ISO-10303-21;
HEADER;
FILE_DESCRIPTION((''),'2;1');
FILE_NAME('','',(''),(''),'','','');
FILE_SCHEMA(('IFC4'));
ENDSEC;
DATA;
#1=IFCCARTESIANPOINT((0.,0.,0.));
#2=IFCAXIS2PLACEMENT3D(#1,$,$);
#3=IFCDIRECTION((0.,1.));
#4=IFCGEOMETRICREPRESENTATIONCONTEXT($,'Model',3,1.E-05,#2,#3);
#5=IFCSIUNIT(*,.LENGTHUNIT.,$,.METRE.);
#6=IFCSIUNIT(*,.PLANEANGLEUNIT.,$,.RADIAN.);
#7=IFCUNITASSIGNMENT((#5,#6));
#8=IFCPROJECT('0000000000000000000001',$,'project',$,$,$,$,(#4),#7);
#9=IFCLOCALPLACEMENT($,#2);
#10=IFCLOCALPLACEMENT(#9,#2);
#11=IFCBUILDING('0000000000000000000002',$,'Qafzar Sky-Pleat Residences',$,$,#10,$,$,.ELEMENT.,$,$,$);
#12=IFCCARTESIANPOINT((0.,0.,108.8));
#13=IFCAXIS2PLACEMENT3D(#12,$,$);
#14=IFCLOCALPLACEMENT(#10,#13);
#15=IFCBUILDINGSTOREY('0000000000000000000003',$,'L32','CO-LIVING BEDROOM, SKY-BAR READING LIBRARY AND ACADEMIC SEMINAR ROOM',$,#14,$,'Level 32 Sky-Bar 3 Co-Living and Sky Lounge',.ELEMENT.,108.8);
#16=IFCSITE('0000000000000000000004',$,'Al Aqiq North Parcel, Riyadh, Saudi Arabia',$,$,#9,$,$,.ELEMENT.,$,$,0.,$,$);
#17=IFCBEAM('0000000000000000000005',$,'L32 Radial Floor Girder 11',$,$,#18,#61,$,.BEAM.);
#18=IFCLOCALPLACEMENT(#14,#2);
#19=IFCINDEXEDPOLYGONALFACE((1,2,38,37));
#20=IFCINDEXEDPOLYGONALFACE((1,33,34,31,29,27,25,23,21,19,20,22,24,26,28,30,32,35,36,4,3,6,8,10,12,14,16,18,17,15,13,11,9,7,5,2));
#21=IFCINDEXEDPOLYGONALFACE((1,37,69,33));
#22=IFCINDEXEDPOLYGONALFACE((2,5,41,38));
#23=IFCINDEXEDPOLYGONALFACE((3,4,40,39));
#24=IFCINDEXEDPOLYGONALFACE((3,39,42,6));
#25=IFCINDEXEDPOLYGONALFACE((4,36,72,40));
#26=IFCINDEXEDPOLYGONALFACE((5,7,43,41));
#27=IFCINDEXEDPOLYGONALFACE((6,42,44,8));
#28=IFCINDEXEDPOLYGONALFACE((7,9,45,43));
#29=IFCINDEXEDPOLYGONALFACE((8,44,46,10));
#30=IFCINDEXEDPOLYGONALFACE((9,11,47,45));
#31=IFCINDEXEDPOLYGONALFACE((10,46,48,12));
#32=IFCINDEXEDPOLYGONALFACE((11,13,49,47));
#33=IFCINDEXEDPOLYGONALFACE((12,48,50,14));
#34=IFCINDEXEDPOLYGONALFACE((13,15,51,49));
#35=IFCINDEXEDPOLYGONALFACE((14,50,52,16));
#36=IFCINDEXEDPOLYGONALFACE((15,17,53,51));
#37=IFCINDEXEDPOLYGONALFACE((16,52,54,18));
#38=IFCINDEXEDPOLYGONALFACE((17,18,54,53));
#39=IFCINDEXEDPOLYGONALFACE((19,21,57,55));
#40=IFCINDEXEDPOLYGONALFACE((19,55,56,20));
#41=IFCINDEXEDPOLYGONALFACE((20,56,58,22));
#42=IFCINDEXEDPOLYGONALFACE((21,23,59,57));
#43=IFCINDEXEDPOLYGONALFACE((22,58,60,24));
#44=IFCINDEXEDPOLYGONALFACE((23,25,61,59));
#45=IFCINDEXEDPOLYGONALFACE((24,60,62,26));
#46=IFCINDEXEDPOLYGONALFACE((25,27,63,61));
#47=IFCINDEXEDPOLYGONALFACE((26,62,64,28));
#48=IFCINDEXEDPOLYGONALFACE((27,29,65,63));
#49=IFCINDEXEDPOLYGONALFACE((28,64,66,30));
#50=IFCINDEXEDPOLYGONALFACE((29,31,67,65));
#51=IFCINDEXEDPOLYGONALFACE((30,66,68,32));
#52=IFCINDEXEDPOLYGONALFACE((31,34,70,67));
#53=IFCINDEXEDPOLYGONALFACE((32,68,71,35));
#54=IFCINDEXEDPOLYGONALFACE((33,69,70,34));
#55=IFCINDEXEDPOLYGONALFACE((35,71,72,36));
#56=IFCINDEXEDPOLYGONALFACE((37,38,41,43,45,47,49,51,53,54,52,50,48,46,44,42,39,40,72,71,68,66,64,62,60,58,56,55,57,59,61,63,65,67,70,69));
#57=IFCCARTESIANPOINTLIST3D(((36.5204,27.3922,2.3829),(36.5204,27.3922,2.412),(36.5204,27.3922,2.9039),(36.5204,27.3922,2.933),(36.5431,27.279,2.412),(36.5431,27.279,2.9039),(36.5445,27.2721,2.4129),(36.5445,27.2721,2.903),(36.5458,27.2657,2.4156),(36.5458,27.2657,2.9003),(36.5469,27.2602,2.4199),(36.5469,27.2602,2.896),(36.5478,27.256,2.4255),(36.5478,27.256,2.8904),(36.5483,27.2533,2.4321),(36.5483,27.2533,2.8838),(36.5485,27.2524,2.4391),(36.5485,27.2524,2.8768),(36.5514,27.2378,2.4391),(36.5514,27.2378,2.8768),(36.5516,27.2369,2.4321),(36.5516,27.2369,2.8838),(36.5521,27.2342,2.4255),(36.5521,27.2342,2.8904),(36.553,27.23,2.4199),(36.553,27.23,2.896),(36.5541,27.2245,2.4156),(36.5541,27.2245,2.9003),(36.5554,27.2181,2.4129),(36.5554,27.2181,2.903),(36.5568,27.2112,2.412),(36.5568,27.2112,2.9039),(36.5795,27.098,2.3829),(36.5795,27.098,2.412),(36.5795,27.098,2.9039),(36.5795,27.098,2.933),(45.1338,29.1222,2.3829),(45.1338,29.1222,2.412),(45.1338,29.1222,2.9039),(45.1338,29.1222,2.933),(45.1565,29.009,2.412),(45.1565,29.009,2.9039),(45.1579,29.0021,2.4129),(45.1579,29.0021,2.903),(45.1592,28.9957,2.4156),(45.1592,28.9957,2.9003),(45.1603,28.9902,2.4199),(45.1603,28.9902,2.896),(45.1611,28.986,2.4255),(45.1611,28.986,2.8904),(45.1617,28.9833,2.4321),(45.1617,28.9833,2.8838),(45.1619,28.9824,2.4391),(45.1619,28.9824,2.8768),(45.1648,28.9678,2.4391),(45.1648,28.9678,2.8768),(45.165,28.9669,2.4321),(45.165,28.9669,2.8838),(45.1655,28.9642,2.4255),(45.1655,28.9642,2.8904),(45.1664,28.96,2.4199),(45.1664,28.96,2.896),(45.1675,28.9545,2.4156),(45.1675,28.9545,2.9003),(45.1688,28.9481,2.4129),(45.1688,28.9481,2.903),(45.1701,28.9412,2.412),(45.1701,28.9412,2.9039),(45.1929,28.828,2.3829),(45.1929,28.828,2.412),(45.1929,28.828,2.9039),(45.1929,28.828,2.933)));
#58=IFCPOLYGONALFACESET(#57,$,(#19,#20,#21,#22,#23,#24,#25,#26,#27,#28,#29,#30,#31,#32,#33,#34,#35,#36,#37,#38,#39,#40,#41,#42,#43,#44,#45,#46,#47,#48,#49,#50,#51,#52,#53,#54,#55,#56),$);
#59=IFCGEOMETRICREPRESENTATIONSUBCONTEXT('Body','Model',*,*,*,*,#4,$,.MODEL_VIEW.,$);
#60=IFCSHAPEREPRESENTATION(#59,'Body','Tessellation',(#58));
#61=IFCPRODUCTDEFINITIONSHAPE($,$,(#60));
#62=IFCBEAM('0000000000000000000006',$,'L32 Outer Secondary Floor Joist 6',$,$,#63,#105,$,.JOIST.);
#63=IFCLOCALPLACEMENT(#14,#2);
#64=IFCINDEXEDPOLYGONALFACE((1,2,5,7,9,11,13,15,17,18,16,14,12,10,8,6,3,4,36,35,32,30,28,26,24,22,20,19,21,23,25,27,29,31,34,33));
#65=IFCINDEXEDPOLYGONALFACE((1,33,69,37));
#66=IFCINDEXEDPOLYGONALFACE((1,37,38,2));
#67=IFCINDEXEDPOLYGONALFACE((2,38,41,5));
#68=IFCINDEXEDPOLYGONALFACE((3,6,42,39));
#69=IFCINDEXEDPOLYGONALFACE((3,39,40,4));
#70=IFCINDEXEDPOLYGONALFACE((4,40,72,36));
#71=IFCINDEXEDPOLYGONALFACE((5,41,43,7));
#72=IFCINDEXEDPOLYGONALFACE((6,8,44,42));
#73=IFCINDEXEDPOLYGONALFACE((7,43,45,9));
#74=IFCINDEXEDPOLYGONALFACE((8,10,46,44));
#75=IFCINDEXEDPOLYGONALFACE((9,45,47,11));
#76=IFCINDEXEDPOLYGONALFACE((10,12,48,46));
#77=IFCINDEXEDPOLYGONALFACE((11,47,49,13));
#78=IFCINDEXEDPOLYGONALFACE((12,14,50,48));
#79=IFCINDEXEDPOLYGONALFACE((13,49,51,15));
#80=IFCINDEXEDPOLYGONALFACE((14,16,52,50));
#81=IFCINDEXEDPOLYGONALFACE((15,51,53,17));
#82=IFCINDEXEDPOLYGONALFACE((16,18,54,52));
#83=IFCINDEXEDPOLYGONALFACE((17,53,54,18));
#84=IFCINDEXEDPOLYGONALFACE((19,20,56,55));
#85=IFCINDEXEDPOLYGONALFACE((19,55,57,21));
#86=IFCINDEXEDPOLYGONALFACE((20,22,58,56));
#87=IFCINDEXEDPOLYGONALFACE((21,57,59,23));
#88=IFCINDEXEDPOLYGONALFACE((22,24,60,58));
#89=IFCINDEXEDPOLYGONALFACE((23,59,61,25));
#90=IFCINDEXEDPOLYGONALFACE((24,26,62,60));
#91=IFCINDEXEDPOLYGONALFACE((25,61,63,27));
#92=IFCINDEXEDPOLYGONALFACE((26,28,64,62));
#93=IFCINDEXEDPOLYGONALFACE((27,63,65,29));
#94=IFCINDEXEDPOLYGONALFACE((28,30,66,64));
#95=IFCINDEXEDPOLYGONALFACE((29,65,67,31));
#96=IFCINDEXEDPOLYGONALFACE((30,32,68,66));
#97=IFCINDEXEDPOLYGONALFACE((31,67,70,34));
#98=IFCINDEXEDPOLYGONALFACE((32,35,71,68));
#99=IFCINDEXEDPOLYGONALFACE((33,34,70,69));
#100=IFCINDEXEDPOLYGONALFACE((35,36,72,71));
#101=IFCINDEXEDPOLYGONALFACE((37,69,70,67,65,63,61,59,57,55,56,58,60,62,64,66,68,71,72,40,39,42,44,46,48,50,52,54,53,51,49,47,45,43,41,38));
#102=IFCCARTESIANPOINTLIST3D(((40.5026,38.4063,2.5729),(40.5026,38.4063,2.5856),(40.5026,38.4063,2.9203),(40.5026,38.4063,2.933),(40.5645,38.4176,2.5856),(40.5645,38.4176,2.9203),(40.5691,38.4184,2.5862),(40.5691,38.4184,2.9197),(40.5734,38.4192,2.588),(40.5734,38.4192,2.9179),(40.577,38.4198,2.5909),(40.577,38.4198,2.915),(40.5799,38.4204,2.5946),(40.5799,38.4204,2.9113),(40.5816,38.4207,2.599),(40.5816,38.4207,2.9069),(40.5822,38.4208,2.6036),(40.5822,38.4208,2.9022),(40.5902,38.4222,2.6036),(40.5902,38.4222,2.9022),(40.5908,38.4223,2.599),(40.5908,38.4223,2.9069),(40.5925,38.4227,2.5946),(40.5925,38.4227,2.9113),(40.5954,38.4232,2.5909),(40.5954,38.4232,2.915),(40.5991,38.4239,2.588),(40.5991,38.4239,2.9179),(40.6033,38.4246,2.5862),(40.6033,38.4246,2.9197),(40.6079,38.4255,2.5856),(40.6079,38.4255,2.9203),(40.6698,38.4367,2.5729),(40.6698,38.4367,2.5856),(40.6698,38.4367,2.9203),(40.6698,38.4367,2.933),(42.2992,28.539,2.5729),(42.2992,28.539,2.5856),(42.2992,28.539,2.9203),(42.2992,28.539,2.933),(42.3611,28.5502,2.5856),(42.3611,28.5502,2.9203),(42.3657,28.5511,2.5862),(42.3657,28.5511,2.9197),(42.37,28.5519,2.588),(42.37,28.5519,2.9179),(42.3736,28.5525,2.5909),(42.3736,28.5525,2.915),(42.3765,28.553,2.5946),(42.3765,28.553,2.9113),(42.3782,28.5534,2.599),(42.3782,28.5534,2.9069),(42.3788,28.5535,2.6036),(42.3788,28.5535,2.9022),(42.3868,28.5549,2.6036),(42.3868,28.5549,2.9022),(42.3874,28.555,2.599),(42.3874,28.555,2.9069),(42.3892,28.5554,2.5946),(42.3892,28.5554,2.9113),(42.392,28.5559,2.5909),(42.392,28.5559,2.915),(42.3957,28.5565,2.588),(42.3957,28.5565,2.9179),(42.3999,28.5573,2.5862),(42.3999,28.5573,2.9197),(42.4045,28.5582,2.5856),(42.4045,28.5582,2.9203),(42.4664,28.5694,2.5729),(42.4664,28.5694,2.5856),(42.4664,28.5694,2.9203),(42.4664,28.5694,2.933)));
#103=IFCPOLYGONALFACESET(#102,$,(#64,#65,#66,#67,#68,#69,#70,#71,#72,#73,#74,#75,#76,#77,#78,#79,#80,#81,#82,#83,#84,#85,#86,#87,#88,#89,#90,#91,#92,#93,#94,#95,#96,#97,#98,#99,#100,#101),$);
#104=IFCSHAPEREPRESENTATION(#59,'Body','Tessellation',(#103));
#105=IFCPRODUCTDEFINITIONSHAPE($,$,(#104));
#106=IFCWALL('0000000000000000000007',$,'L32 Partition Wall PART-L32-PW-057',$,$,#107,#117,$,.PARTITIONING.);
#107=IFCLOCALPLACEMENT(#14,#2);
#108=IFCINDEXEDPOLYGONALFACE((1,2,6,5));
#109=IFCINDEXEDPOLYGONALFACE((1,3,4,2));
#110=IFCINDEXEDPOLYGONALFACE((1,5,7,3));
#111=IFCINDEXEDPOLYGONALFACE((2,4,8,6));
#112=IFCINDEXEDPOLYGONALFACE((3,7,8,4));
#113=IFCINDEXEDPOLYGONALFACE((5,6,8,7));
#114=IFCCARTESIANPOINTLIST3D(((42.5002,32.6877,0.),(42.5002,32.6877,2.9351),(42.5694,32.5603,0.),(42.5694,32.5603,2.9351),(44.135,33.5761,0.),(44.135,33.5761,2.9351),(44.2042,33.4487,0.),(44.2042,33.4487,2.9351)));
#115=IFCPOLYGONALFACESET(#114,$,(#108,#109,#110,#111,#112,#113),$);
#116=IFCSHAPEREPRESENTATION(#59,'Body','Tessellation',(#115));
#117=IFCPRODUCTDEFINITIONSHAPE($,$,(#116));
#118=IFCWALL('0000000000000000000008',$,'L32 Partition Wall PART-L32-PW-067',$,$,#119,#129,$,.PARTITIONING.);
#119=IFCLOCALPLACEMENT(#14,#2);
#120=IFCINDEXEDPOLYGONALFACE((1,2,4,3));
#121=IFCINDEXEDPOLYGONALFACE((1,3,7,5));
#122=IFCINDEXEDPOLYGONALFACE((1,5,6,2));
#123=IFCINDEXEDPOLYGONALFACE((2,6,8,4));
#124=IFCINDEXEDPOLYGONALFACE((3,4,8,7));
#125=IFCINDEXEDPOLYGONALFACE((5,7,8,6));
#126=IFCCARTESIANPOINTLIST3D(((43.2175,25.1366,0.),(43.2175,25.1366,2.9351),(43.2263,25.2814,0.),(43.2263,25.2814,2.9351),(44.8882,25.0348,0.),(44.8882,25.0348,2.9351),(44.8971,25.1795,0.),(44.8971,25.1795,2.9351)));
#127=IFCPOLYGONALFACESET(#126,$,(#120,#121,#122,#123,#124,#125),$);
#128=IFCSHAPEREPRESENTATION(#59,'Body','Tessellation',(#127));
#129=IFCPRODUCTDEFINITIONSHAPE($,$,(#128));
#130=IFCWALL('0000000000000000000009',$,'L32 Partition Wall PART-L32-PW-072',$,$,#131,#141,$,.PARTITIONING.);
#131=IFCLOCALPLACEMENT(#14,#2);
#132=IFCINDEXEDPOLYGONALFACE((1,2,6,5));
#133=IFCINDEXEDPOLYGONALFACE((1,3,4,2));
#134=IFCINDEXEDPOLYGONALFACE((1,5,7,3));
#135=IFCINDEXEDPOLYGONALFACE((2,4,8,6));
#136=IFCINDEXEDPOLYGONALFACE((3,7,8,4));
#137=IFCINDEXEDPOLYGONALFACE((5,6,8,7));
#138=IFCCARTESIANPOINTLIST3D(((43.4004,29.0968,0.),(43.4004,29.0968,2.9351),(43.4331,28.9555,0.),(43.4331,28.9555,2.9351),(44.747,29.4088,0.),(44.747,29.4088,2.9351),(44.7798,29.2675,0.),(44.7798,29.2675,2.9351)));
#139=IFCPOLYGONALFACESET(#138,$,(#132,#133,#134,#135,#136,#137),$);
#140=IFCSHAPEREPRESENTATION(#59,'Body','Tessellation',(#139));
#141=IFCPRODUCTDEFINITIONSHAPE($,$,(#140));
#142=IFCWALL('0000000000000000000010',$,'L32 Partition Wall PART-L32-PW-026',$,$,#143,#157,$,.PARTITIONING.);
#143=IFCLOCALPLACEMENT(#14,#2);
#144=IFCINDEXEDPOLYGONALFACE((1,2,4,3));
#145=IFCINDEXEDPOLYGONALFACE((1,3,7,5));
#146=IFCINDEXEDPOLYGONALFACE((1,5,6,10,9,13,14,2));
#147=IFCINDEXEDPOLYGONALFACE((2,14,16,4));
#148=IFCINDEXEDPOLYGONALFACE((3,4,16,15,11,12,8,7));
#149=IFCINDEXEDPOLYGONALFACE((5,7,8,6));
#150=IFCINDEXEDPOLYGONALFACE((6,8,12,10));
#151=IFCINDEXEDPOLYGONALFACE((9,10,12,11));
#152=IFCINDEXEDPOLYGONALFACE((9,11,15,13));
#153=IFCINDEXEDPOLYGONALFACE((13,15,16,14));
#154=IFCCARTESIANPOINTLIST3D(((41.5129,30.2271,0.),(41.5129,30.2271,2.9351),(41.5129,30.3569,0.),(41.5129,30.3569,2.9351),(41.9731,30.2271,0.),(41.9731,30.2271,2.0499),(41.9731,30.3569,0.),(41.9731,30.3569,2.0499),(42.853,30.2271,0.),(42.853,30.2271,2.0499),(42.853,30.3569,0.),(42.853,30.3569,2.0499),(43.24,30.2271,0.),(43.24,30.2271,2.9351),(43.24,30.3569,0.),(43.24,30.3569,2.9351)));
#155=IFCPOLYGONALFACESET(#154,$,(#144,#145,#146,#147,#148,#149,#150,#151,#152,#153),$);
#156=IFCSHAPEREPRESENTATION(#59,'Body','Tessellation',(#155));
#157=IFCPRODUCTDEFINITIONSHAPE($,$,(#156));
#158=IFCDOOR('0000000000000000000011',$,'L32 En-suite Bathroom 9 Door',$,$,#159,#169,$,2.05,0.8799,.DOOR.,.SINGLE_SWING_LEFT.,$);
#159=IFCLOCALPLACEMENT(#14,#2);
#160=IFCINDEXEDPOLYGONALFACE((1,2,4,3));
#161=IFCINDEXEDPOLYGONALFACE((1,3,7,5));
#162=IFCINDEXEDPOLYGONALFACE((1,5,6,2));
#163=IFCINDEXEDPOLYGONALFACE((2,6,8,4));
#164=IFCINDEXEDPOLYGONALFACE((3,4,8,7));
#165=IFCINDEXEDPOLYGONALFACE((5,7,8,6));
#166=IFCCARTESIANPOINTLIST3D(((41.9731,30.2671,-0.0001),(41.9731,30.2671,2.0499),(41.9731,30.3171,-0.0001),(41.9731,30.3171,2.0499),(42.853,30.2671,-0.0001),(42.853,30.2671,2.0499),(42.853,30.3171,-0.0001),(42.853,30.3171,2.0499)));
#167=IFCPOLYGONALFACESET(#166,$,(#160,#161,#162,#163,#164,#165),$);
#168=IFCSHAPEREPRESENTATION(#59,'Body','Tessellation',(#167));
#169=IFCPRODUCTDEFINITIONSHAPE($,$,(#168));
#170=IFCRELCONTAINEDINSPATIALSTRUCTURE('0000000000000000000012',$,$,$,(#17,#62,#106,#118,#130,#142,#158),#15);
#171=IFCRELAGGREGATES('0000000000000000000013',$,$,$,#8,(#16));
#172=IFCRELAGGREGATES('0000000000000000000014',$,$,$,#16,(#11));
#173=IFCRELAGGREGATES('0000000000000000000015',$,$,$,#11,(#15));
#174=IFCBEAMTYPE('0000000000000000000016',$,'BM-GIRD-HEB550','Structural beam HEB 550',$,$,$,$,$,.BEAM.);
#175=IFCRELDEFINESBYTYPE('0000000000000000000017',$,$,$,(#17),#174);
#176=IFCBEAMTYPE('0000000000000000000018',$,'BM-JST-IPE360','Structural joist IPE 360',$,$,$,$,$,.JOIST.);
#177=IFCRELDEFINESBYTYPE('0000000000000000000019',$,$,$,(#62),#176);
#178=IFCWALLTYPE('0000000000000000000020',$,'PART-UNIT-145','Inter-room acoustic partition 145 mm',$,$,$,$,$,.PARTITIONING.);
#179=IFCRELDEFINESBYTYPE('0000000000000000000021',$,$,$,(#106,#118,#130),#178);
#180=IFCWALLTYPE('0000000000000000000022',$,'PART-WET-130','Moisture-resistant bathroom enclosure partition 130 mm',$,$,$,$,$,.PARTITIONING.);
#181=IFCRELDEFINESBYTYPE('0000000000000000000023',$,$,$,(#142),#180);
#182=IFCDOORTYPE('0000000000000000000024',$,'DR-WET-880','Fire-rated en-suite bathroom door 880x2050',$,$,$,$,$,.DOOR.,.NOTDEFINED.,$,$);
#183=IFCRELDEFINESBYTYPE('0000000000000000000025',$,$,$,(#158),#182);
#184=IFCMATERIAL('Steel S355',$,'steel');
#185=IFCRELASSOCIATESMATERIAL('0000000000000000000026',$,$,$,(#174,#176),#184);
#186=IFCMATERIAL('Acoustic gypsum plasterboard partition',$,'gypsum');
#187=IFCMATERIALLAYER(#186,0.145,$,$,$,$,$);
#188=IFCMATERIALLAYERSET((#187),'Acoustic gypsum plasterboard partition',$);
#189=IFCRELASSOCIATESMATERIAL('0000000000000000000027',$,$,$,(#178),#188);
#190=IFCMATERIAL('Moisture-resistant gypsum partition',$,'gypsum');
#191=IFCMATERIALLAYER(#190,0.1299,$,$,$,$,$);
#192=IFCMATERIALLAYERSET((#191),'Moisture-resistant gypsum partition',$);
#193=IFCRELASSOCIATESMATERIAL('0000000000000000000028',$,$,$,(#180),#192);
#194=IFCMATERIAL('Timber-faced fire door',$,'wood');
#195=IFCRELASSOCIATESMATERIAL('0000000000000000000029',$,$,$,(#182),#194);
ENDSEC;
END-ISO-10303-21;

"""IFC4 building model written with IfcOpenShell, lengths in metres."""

from ifc_helpers import new_model, si_unit, direction, frame, frame_2d, origin, origin_2d, place, context, subcontext, project, spatial, rectangle, i_section, extrude, source, transform, mapped, material, layer, layer_set, material_profile, profile_set, type_object, element, fill, save


model = new_model("IFC4")

# Units and contexts
model_context = context("Model", 3, precision=1e-05, world=origin(), true_north=direction((0.0, 1.0)))
body_context = subcontext(model_context, "Body", "Model", "MODEL_VIEW")
ifc_project = project(units=[si_unit("LENGTHUNIT", "METRE"), si_unit("PLANEANGLEUNIT", "RADIAN")], contexts=[model_context])

# Site, building, storey
site_placement = place(None, origin())
site = spatial("IfcSite", under=ifc_project, at=site_placement, Name="Al Aqiq North Parcel, Riyadh, Saudi Arabia", CompositionType="ELEMENT", RefElevation=0.0)
building_placement = place(site_placement, origin())
building = spatial("IfcBuilding", under=site, at=building_placement, Name="Qafzar Sky-Pleat Residences", CompositionType="ELEMENT")
storey_placement = place(building_placement, frame((0.0, 0.0, 108.8)))
storey = spatial("IfcBuildingStorey", under=building, at=storey_placement, Name="L32", Description="CO-LIVING BEDROOM, SKY-BAR READING LIBRARY AND ACADEMIC SEMINAR ROOM", LongName="Level 32 Sky-Bar 3 Co-Living and Sky Lounge", CompositionType="ELEMENT", Elevation=108.8)

# Beams
ifc_material_1 = material(Name="Steel S355", Category="steel")
ifc_material_profile_1 = material_profile(ifc_material_1, i_section(OverallWidth=0.3, OverallDepth=0.55, WebThickness=0.0149, FlangeThickness=0.0291, FilletRadius=0.0271, at=origin_2d()), Name="HEB 550")
ifc_profile_set_1 = profile_set([ifc_material_profile_1], Name="Steel S355")
beam_type_1 = type_object("IfcBeamType", Name="BM-GIRD-HEB550", Description="Structural beam HEB 550", PredefinedType="BEAM", material=ifc_profile_set_1)
shared_shape_1 = source(origin(), body_context, "Body", "SweptSolid", [
    extrude(i_section(OverallWidth=0.3, OverallDepth=0.55, WebThickness=0.0149, FlangeThickness=0.0291, FilletRadius=0.0271, at=origin_2d()), origin(), (0.0, 0.0, 1.0), 8.7854),
])
beam_1_placement = place(storey_placement, frame((45.1633, 28.9751, 2.658), z_axis=(-0.98042, -0.196918, 0.0), x_axis=(0.196918, -0.98042, 0.0)))
element("IfcBeam", 1, at=beam_1_placement, inside=storey, type_object=beam_type_1, Name="L32 Radial Floor Girder 11", PredefinedType="BEAM", context=body_context, shape_type="MappedRepresentation", body=[
    mapped(shared_shape_1, transform((0.0, 0.0, 0.0), x_axis=(1.0, 0.0, 0.0), y_axis=(0.0, 1.0, 0.0), z_axis=(0.0, 0.0, 1.0), scale=1.0)),
])
ifc_material_profile_2 = material_profile(ifc_material_1, i_section(OverallWidth=0.1699, OverallDepth=0.3601, WebThickness=0.0081, FlangeThickness=0.0127, FilletRadius=0.0181, at=origin_2d()), Name="IPE 360")
ifc_profile_set_2 = profile_set([ifc_material_profile_2], Name="Steel S355")
beam_type_2 = type_object("IfcBeamType", Name="BM-JST-IPE360", Description="Structural joist IPE 360", PredefinedType="JOIST", material=ifc_profile_set_2)
shared_shape_2 = source(origin(), body_context, "Body", "SweptSolid", [
    extrude(i_section(OverallWidth=0.1699, OverallDepth=0.3601, WebThickness=0.0081, FlangeThickness=0.0127, FilletRadius=0.0181, at=origin_2d()), origin(), (0.0, 0.0, 1.0), 10.0295),
])
beam_2_placement = place(storey_placement, frame((42.3828, 28.5542, 2.7529), z_axis=(-0.179132, 0.983825, 0.0), x_axis=(-0.983825, -0.179132, 0.0)))
element("IfcBeam", 2, at=beam_2_placement, inside=storey, type_object=beam_type_2, Name="L32 Outer Secondary Floor Joist 6", PredefinedType="JOIST", context=body_context, shape_type="MappedRepresentation", body=[
    mapped(shared_shape_2, transform((0.0, 0.0, 0.0), x_axis=(1.0, 0.0, 0.0), y_axis=(0.0, 1.0, 0.0), z_axis=(0.0, 0.0, 1.0), scale=1.0)),
])

# Walls
ifc_material_2 = material(Name="Acoustic gypsum plasterboard partition", Category="gypsum")
ifc_layer_1 = layer(ifc_material_2, 0.145)
ifc_layer_set_1 = layer_set([ifc_layer_1], Name="Acoustic gypsum plasterboard partition")
wall_type_1 = type_object("IfcWallType", Name="PART-UNIT-145", Description="Inter-room acoustic partition 145 mm", PredefinedType="PARTITIONING", material=ifc_layer_set_1)
wall_1_placement = place(storey_placement, frame((42.5349, 32.624, 0.0), z_axis=(0.0, 0.0, 1.0), x_axis=(0.878632, 0.4775, 0.0)))
element("IfcWall", 3, at=wall_1_placement, inside=storey, type_object=wall_type_1, Name="L32 Partition Wall PART-L32-PW-057", PredefinedType="PARTITIONING", context=body_context, shape_type="SweptSolid", body=[
    extrude(rectangle(XDim=1.8606, YDim=0.145, at=frame_2d((0.9302, 0.0))), origin(), (0.0, 0.0, 1.0), 2.9351),
])
wall_2_placement = place(storey_placement, frame((43.2219, 25.209, 0.0), z_axis=(0.0, 0.0, 1.0), x_axis=(0.998148, -0.060825, 0.0)))
element("IfcWall", 4, at=wall_2_placement, inside=storey, type_object=wall_type_1, Name="L32 Partition Wall PART-L32-PW-067", PredefinedType="PARTITIONING", context=body_context, shape_type="SweptSolid", body=[
    extrude(rectangle(XDim=1.6738, YDim=0.145, at=frame_2d((0.8369, 0.0))), origin(), (0.0, 0.0, 1.0), 2.9351),
])
wall_3_placement = place(storey_placement, frame((43.4167, 29.0261, 0.0), z_axis=(0.0, 0.0, 1.0), x_axis=(0.974194, 0.225711, 0.0)))
element("IfcWall", 5, at=wall_3_placement, inside=storey, type_object=wall_type_1, Name="L32 Partition Wall PART-L32-PW-072", PredefinedType="PARTITIONING", context=body_context, shape_type="SweptSolid", body=[
    extrude(rectangle(XDim=1.3823, YDim=0.145, at=frame_2d((0.6912, 0.0))), origin(), (0.0, 0.0, 1.0), 2.9351),
])

# Wall, opening, door
ifc_material_3 = material(Name="Moisture-resistant gypsum partition", Category="gypsum")
ifc_layer_2 = layer(ifc_material_3, 0.1299)
ifc_layer_set_2 = layer_set([ifc_layer_2], Name="Moisture-resistant gypsum partition")
wall_type_2 = type_object("IfcWallType", Name="PART-WET-130", Description="Moisture-resistant bathroom enclosure partition 130 mm", PredefinedType="PARTITIONING", material=ifc_layer_set_2)
wall_4_placement = place(storey_placement, frame((43.24, 30.292, 0.0), z_axis=(0.0, 0.0, 1.0), x_axis=(-1.0, 0.0, 0.0)))
wall_4 = element("IfcWall", 6, at=wall_4_placement, inside=storey, type_object=wall_type_2, Name="L32 Partition Wall PART-L32-PW-026", PredefinedType="PARTITIONING", context=body_context, shape_type="SweptSolid", body=[
    extrude(rectangle(XDim=1.7271, YDim=0.1299, at=frame_2d((0.8635, 0.0))), origin(), (0.0, 0.0, 1.0), 2.9351),
])
opening_1_placement = place(wall_4_placement, frame((0.387, 0.0, 0.0)))
opening_1 = element("IfcOpeningElement", 7, at=opening_1_placement, cuts=wall_4, PredefinedType="OPENING", context=body_context, shape_type="SweptSolid", body=[
    extrude(rectangle(XDim=0.8799, YDim=2.05, at=frame_2d((0.4399, 1.0249))), frame((0.0, 0.075, 0.0), z_axis=(0.0, -1.0, 0.0), x_axis=(1.0, 0.0, 0.0)), (0.0, 0.0, 1.0), 0.1499),
])
ifc_material_4 = material(Name="Timber-faced fire door", Category="wood")
door_type = type_object("IfcDoorType", Name="DR-WET-880", Description="Fire-rated en-suite bathroom door 880x2050", OperationType="NOTDEFINED", PredefinedType="DOOR", material=ifc_material_4)
shared_shape_3 = source(origin(), body_context, "Body", "SweptSolid", [
    extrude(rectangle(XDim=0.8799, YDim=2.05, at=frame_2d((0.4399, 1.0249))), frame((0.0, 0.0249, 0.0), z_axis=(0.0, -1.0, 0.0), x_axis=(1.0, 0.0, 0.0)), (0.0, 0.0, 1.0), 0.05),
])
door_1_placement = place(opening_1_placement, origin())
door_1 = element("IfcDoor", 8, at=door_1_placement, inside=storey, type_object=door_type, Name="L32 En-suite Bathroom 9 Door", OperationType="SINGLE_SWING_LEFT", OverallHeight=2.05, OverallWidth=0.8799, PredefinedType="DOOR", context=body_context, shape_type="MappedRepresentation", body=[
    mapped(shared_shape_3, transform((0.0, 0.0, 0.0), x_axis=(1.0, 0.0, 0.0), y_axis=(0.0, 1.0, 0.0), z_axis=(0.0, 0.0, 1.0), scale=1.0)),
])
fill(opening_1, door_1)

save(model, "model.ifc")
